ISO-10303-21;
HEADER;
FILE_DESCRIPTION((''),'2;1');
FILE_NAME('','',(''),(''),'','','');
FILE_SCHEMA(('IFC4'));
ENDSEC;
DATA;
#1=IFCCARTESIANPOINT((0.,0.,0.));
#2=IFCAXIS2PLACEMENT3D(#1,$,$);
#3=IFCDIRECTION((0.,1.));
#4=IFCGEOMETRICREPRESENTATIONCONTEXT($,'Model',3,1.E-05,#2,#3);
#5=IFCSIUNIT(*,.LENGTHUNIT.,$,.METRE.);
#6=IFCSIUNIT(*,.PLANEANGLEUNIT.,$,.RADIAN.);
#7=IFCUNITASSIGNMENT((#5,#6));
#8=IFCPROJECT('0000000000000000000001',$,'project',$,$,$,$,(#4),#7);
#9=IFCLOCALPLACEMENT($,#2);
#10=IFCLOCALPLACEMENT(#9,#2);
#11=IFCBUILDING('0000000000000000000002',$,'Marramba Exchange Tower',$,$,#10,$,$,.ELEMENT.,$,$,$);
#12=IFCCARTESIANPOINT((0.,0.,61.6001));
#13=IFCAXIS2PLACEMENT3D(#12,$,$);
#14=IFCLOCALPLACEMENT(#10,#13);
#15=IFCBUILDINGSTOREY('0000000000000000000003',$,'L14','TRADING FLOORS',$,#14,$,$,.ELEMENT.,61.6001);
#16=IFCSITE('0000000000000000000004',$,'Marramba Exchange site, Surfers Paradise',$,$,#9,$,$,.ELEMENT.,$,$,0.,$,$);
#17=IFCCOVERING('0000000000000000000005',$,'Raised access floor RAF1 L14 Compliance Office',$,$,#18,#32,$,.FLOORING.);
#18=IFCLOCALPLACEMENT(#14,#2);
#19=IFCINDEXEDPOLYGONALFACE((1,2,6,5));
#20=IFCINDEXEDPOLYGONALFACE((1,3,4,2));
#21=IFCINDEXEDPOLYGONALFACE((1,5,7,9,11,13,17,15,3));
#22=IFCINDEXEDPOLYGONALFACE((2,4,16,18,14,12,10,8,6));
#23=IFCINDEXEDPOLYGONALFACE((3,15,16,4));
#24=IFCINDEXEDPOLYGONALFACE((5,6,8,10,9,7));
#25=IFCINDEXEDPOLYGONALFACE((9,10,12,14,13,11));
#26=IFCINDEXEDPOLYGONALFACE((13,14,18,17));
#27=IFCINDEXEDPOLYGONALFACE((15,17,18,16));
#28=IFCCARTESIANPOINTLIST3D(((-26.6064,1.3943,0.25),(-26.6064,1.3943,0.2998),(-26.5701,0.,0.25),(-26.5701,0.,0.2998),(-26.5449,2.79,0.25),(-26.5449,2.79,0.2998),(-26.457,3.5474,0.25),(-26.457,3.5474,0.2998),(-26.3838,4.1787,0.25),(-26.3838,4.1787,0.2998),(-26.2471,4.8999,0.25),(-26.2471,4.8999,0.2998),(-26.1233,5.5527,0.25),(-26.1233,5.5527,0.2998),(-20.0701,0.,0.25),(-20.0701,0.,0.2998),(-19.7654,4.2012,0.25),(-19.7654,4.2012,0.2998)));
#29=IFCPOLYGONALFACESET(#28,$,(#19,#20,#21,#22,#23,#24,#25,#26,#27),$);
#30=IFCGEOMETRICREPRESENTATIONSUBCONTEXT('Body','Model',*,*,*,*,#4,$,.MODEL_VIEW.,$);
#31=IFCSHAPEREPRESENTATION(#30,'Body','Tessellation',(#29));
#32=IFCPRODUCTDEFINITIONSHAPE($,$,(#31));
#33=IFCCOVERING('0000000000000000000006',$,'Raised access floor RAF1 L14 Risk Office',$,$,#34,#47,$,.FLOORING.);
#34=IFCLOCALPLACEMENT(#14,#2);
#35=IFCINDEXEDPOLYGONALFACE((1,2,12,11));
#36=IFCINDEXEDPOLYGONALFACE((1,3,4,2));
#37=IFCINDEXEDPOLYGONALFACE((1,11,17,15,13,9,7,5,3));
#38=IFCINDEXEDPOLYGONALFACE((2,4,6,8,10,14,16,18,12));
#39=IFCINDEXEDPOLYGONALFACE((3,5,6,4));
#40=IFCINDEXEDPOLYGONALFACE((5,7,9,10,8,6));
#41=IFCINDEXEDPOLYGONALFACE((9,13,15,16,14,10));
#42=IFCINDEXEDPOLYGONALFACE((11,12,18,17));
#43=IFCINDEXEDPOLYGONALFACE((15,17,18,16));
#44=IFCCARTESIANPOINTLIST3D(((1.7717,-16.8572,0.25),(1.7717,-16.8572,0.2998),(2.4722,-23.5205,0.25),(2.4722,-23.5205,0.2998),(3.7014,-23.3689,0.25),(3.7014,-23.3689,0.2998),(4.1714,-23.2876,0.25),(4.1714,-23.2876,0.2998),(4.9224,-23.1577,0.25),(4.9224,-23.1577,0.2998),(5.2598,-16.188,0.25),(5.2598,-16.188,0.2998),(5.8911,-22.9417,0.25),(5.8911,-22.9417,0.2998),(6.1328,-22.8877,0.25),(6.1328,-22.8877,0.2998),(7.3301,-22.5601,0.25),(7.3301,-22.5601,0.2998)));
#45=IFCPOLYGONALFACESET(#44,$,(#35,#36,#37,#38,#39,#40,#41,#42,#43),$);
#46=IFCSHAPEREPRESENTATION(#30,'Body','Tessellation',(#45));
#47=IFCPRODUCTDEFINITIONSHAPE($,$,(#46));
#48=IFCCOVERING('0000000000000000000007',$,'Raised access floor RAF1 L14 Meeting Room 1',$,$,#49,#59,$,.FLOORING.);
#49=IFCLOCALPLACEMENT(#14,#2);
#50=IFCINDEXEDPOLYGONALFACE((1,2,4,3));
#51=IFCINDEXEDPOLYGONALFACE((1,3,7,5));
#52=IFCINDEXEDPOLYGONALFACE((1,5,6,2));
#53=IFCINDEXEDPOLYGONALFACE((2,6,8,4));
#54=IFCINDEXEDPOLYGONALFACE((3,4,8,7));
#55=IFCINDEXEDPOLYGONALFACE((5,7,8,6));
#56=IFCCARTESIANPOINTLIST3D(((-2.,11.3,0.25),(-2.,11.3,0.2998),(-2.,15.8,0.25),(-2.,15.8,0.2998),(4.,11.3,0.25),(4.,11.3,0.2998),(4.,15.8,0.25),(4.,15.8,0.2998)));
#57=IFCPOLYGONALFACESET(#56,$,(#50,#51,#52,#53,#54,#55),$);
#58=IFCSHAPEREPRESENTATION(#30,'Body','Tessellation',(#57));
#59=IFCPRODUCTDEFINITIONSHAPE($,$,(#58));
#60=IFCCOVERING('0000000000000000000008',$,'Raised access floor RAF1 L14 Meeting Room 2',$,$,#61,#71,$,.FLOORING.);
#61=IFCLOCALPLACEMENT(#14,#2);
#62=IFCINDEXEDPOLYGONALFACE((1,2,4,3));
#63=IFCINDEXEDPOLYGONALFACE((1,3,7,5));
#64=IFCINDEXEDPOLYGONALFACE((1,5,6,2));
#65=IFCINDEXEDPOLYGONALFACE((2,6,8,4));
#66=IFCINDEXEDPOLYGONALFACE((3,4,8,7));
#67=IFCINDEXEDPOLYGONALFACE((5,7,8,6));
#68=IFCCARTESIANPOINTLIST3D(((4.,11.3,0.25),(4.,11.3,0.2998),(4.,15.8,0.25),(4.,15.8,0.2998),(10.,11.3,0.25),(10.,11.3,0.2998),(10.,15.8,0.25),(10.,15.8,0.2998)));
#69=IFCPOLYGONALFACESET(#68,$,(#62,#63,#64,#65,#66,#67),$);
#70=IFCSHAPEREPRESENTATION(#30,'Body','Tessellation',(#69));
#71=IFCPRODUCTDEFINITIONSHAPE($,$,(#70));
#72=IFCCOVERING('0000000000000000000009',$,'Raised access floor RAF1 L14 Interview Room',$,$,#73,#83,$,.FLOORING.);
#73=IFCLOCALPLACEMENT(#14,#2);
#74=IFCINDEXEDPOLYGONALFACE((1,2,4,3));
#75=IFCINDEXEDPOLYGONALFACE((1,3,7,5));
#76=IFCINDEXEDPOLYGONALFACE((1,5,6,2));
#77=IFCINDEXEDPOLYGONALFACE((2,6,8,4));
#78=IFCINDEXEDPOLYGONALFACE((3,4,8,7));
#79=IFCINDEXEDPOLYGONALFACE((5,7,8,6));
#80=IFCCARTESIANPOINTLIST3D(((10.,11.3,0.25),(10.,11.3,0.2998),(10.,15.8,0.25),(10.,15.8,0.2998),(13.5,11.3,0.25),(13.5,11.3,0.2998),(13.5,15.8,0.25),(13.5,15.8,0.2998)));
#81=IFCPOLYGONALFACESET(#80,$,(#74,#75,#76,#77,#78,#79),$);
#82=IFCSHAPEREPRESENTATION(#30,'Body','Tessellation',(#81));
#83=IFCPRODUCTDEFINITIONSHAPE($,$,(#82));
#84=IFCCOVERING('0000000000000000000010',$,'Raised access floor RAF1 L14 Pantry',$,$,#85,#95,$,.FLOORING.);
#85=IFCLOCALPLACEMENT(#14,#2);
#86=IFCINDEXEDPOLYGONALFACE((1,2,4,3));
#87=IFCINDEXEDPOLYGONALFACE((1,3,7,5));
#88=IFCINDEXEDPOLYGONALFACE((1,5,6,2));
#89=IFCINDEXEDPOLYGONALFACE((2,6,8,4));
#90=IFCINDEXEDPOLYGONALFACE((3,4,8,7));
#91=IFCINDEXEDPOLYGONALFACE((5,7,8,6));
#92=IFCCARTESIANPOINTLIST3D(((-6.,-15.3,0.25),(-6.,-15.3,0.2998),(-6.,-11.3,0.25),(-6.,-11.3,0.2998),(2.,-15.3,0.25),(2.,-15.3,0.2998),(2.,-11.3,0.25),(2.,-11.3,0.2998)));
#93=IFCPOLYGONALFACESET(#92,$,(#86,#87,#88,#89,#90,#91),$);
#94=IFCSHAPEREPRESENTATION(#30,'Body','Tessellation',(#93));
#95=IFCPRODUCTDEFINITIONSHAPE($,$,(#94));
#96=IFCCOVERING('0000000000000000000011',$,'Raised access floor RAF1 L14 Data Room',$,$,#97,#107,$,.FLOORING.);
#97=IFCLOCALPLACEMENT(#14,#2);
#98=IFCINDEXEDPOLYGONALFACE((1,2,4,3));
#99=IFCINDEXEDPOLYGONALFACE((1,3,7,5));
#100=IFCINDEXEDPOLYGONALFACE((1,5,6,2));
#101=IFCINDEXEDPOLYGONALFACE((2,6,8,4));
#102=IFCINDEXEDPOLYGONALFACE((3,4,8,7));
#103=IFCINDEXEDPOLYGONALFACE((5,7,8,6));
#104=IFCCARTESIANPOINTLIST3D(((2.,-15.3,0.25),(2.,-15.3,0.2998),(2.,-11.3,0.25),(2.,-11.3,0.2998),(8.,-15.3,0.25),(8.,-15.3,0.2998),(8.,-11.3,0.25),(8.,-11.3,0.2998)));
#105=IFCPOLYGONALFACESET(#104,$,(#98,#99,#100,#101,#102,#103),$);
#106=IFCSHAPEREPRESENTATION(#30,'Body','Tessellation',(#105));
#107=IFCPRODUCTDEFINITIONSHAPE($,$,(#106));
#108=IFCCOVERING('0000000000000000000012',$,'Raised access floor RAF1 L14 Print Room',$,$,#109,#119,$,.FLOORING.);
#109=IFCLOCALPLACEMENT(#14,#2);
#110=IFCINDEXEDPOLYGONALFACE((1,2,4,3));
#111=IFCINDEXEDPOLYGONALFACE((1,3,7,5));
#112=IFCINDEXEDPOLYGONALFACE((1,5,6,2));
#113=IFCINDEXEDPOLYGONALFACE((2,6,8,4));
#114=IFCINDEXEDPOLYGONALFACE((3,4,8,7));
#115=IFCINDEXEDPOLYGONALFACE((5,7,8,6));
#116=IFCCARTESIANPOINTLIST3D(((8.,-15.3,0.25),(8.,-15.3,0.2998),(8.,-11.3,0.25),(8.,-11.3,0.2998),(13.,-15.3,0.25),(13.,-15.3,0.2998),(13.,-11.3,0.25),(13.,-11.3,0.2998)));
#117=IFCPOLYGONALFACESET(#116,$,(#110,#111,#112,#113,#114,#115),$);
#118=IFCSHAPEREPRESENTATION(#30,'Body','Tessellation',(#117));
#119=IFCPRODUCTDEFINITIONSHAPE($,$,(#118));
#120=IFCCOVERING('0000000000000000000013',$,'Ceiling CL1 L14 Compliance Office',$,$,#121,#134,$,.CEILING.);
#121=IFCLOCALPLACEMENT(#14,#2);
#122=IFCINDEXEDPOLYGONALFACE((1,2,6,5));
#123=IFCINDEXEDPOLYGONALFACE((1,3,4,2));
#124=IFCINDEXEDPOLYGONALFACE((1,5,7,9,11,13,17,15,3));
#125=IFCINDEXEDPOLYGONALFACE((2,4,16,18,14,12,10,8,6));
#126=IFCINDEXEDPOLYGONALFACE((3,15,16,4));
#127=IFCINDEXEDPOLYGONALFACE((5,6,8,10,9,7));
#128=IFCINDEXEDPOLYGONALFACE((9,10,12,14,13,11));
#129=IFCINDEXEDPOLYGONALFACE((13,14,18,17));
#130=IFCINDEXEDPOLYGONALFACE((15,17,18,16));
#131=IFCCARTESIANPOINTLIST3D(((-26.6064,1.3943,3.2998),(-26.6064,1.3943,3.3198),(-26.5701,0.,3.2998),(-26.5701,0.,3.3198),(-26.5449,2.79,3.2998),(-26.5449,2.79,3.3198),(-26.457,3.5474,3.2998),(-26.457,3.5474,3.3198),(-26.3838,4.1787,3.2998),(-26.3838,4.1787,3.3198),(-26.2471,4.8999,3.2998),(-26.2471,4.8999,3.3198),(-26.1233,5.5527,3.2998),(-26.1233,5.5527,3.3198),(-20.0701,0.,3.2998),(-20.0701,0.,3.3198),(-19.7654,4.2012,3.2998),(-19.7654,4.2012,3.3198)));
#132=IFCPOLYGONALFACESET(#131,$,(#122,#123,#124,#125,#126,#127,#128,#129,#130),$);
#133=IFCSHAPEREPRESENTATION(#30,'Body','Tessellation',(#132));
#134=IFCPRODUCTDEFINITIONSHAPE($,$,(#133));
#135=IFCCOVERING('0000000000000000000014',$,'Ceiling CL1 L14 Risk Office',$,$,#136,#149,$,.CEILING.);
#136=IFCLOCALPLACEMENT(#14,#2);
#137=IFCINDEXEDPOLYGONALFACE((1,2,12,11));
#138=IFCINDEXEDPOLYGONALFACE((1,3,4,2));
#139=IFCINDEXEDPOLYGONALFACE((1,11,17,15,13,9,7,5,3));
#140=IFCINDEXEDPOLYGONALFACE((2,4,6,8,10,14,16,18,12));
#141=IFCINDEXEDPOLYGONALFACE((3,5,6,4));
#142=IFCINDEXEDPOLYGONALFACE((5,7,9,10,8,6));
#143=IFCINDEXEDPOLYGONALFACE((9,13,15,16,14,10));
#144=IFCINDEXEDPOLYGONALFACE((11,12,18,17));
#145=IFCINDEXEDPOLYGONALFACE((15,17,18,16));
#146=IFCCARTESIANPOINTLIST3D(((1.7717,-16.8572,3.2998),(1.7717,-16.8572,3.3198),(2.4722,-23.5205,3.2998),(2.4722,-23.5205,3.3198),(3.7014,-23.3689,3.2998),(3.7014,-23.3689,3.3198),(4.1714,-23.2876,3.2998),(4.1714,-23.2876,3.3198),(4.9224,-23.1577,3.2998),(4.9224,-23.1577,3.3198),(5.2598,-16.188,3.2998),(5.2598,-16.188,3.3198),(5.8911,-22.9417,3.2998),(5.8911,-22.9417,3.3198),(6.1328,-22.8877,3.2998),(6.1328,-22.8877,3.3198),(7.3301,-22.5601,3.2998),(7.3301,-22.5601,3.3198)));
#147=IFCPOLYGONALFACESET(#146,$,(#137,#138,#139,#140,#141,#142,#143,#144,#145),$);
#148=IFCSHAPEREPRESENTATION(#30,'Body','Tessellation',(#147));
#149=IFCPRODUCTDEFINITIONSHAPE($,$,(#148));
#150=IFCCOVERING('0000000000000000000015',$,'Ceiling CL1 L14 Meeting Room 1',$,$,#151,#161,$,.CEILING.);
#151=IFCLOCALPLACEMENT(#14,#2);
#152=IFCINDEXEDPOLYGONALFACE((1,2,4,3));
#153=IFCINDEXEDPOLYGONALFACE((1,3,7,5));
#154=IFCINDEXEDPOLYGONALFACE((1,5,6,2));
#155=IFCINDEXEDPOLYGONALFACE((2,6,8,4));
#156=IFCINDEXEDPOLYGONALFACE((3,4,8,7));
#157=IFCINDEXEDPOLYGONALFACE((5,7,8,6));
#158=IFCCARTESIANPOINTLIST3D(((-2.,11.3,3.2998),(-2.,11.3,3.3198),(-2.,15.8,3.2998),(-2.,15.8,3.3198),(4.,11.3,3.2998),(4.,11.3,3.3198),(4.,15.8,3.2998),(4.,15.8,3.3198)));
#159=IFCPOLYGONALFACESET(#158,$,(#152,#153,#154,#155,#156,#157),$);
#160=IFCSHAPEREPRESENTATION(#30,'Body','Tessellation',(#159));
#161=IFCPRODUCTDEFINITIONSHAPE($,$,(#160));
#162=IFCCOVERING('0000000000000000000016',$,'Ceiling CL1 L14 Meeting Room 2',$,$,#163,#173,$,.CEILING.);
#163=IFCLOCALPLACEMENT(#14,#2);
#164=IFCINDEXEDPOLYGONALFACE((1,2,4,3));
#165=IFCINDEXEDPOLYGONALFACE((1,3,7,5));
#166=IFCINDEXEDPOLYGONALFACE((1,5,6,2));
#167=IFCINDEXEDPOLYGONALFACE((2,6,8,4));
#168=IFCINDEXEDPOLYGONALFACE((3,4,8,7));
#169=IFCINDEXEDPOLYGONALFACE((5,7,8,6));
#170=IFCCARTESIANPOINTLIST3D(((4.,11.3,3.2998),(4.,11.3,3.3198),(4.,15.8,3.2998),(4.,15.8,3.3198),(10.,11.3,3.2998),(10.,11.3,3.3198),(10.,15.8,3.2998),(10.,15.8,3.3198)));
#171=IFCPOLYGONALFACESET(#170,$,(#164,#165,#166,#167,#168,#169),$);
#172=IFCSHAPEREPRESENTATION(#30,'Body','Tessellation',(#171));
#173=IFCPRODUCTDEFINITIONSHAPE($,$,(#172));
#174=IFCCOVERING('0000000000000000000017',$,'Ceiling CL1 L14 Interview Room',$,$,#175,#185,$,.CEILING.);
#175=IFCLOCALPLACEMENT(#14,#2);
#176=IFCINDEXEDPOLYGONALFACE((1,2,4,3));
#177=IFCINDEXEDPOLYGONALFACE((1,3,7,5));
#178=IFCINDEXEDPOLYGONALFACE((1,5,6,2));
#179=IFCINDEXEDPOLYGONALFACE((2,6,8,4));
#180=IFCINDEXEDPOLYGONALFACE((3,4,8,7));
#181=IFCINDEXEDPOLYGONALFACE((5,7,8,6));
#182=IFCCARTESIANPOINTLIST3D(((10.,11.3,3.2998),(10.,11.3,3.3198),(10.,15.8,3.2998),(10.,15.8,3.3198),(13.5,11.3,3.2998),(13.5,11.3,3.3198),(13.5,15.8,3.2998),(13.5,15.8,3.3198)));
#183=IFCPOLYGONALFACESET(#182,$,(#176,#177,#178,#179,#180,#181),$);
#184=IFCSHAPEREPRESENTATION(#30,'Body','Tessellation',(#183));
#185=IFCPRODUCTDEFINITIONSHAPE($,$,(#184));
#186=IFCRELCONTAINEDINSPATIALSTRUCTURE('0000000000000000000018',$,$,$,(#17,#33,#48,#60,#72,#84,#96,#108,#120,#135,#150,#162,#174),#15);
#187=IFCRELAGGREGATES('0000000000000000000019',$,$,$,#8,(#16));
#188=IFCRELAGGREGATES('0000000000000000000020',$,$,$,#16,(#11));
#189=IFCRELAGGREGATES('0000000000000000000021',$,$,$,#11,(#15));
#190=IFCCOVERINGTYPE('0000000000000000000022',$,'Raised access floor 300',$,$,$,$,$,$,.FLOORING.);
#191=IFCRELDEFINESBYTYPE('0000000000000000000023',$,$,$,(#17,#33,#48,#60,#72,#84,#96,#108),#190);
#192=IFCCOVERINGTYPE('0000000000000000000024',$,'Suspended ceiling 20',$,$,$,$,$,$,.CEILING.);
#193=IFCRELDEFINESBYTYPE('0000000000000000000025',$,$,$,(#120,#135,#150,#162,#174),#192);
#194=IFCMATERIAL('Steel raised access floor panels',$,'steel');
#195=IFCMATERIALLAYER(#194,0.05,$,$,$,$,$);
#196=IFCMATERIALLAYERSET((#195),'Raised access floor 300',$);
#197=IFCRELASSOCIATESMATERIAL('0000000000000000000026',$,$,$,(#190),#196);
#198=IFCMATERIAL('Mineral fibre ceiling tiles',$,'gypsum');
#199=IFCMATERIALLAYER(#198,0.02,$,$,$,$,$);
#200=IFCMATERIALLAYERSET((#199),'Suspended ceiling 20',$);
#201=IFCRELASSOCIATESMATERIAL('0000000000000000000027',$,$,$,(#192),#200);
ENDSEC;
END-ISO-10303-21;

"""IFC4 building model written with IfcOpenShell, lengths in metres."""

from ifc_helpers import new_model, si_unit, direction, frame, origin, place, context, subcontext, project, spatial, polyline, outline, extrude, material, layer, layer_set, type_object, element, save


model = new_model("IFC4")

# Units and contexts
model_context = context("Model", 3, precision=1e-05, world=origin(), true_north=direction((0.0, 1.0)))
body_context = subcontext(model_context, "Body", "Model", "MODEL_VIEW")
ifc_project = project(units=[si_unit("LENGTHUNIT", "METRE"), si_unit("PLANEANGLEUNIT", "RADIAN")], contexts=[model_context])

# Site, building, storey
site_placement = place(None, origin())
site = spatial("IfcSite", under=ifc_project, at=site_placement, Name="Marramba Exchange site, Surfers Paradise", CompositionType="ELEMENT", RefElevation=0.0)
building_placement = place(site_placement, origin())
building = spatial("IfcBuilding", under=site, at=building_placement, Name="Marramba Exchange Tower", CompositionType="ELEMENT")
storey_placement = place(building_placement, frame((0.0, 0.0, 61.6001)))
storey = spatial("IfcBuildingStorey", under=building, at=storey_placement, Name="L14", Description="TRADING FLOORS", CompositionType="ELEMENT", Elevation=61.6001)

# Coverings
ifc_material_1 = material(Name="Steel raised access floor panels", Category="steel")
ifc_layer_1 = layer(ifc_material_1, 0.05)
ifc_layer_set_1 = layer_set([ifc_layer_1], Name="Raised access floor 300")
covering_type_1 = type_object("IfcCoveringType", Name="Raised access floor 300", PredefinedType="FLOORING", material=ifc_layer_set_1)
covering_1_placement = place(storey_placement, frame((0.0, 0.0, 0.25)))
element("IfcCovering", 1, at=covering_1_placement, inside=storey, type_object=covering_type_1, Name="Raised access floor RAF1 L14 Compliance Office", PredefinedType="FLOORING", context=body_context, shape_type="SweptSolid", body=[
    extrude(outline(polyline([(-26.6064, 1.3943), (-26.5449, 2.79), (-26.457, 3.5474), (-26.3838, 4.1787), (-26.2471, 4.8999), (-26.1233, 5.5527), (-19.7654, 4.2012), (-20.0701, 0.0), (-26.5701, 0.0), (-26.6064, 1.3943)])), origin(), (0.0, 0.0, 1.0), 0.0498),
])
covering_2_placement = place(storey_placement, frame((0.0, 0.0, 0.25)))
element("IfcCovering", 2, at=covering_2_placement, inside=storey, type_object=covering_type_1, Name="Raised access floor RAF1 L14 Risk Office", PredefinedType="FLOORING", context=body_context, shape_type="SweptSolid", body=[
    extrude(outline(polyline([(6.1328, -22.8877), (5.8911, -22.9417), (4.9224, -23.1577), (4.1714, -23.2876), (3.7014, -23.3689), (2.4722, -23.5205), (1.7717, -16.8572), (5.2598, -16.188), (7.3301, -22.5601), (6.1328, -22.8877)])), origin(), (0.0, 0.0, 1.0), 0.0498),
])
covering_3_placement = place(storey_placement, frame((0.0, 0.0, 0.25)))
element("IfcCovering", 3, at=covering_3_placement, inside=storey, type_object=covering_type_1, Name="Raised access floor RAF1 L14 Meeting Room 1", PredefinedType="FLOORING", context=body_context, shape_type="SweptSolid", body=[
    extrude(outline(polyline([(4.0, 11.3), (-2.0, 11.3), (-2.0, 15.8), (4.0, 15.8), (4.0, 11.3)])), origin(), (0.0, 0.0, 1.0), 0.0498),
])
covering_4_placement = place(storey_placement, frame((0.0, 0.0, 0.25)))
element("IfcCovering", 4, at=covering_4_placement, inside=storey, type_object=covering_type_1, Name="Raised access floor RAF1 L14 Meeting Room 2", PredefinedType="FLOORING", context=body_context, shape_type="SweptSolid", body=[
    extrude(outline(polyline([(10.0, 11.3), (4.0, 11.3), (4.0, 15.8), (10.0, 15.8), (10.0, 11.3)])), origin(), (0.0, 0.0, 1.0), 0.0498),
])
covering_5_placement = place(storey_placement, frame((0.0, 0.0, 0.25)))
element("IfcCovering", 5, at=covering_5_placement, inside=storey, type_object=covering_type_1, Name="Raised access floor RAF1 L14 Interview Room", PredefinedType="FLOORING", context=body_context, shape_type="SweptSolid", body=[
    extrude(outline(polyline([(13.5, 11.3), (10.0, 11.3), (10.0, 15.8), (13.5, 15.8), (13.5, 11.3)])), origin(), (0.0, 0.0, 1.0), 0.0498),
])
covering_6_placement = place(storey_placement, frame((0.0, 0.0, 0.25)))
element("IfcCovering", 6, at=covering_6_placement, inside=storey, type_object=covering_type_1, Name="Raised access floor RAF1 L14 Pantry", PredefinedType="FLOORING", context=body_context, shape_type="SweptSolid", body=[
    extrude(outline(polyline([(2.0, -15.3), (-6.0, -15.3), (-6.0, -11.3), (2.0, -11.3), (2.0, -15.3)])), origin(), (0.0, 0.0, 1.0), 0.0498),
])
covering_7_placement = place(storey_placement, frame((0.0, 0.0, 0.25)))
element("IfcCovering", 7, at=covering_7_placement, inside=storey, type_object=covering_type_1, Name="Raised access floor RAF1 L14 Data Room", PredefinedType="FLOORING", context=body_context, shape_type="SweptSolid", body=[
    extrude(outline(polyline([(8.0, -15.3), (2.0, -15.3), (2.0, -11.3), (8.0, -11.3), (8.0, -15.3)])), origin(), (0.0, 0.0, 1.0), 0.0498),
])
covering_8_placement = place(storey_placement, frame((0.0, 0.0, 0.25)))
element("IfcCovering", 8, at=covering_8_placement, inside=storey, type_object=covering_type_1, Name="Raised access floor RAF1 L14 Print Room", PredefinedType="FLOORING", context=body_context, shape_type="SweptSolid", body=[
    extrude(outline(polyline([(13.0, -11.3), (13.0, -15.3), (8.0, -15.3), (8.0, -11.3), (13.0, -11.3)])), origin(), (0.0, 0.0, 1.0), 0.0498),
])
ifc_material_2 = material(Name="Mineral fibre ceiling tiles", Category="gypsum")
ifc_layer_2 = layer(ifc_material_2, 0.02)
ifc_layer_set_2 = layer_set([ifc_layer_2], Name="Suspended ceiling 20")
covering_type_2 = type_object("IfcCoveringType", Name="Suspended ceiling 20", PredefinedType="CEILING", material=ifc_layer_set_2)
covering_9_placement = place(storey_placement, frame((0.0, 0.0, 3.2998)))
element("IfcCovering", 9, at=covering_9_placement, inside=storey, type_object=covering_type_2, Name="Ceiling CL1 L14 Compliance Office", PredefinedType="CEILING", context=body_context, shape_type="SweptSolid", body=[
    extrude(outline(polyline([(-26.6064, 1.3943), (-26.5449, 2.79), (-26.457, 3.5474), (-26.3838, 4.1787), (-26.2471, 4.8999), (-26.1233, 5.5527), (-19.7654, 4.2012), (-20.0701, 0.0), (-26.5701, 0.0), (-26.6064, 1.3943)])), origin(), (0.0, 0.0, 1.0), 0.02),
])
covering_10_placement = place(storey_placement, frame((0.0, 0.0, 3.2998)))
element("IfcCovering", 10, at=covering_10_placement, inside=storey, type_object=covering_type_2, Name="Ceiling CL1 L14 Risk Office", PredefinedType="CEILING", context=body_context, shape_type="SweptSolid", body=[
    extrude(outline(polyline([(6.1328, -22.8877), (5.8911, -22.9417), (4.9224, -23.1577), (4.1714, -23.2876), (3.7014, -23.3689), (2.4722, -23.5205), (1.7717, -16.8572), (5.2598, -16.188), (7.3301, -22.5601), (6.1328, -22.8877)])), origin(), (0.0, 0.0, 1.0), 0.02),
])
covering_11_placement = place(storey_placement, frame((0.0, 0.0, 3.2998)))
element("IfcCovering", 11, at=covering_11_placement, inside=storey, type_object=covering_type_2, Name="Ceiling CL1 L14 Meeting Room 1", PredefinedType="CEILING", context=body_context, shape_type="SweptSolid", body=[
    extrude(outline(polyline([(4.0, 11.3), (-2.0, 11.3), (-2.0, 15.8), (4.0, 15.8), (4.0, 11.3)])), origin(), (0.0, 0.0, 1.0), 0.02),
])
covering_12_placement = place(storey_placement, frame((0.0, 0.0, 3.2998)))
element("IfcCovering", 12, at=covering_12_placement, inside=storey, type_object=covering_type_2, Name="Ceiling CL1 L14 Meeting Room 2", PredefinedType="CEILING", context=body_context, shape_type="SweptSolid", body=[
    extrude(outline(polyline([(10.0, 11.3), (4.0, 11.3), (4.0, 15.8), (10.0, 15.8), (10.0, 11.3)])), origin(), (0.0, 0.0, 1.0), 0.02),
])
covering_13_placement = place(storey_placement, frame((0.0, 0.0, 3.2998)))
element("IfcCovering", 13, at=covering_13_placement, inside=storey, type_object=covering_type_2, Name="Ceiling CL1 L14 Interview Room", PredefinedType="CEILING", context=body_context, shape_type="SweptSolid", body=[
    extrude(outline(polyline([(13.5, 11.3), (10.0, 11.3), (10.0, 15.8), (13.5, 15.8), (13.5, 11.3)])), origin(), (0.0, 0.0, 1.0), 0.02),
])

save(model, "model.ifc")
